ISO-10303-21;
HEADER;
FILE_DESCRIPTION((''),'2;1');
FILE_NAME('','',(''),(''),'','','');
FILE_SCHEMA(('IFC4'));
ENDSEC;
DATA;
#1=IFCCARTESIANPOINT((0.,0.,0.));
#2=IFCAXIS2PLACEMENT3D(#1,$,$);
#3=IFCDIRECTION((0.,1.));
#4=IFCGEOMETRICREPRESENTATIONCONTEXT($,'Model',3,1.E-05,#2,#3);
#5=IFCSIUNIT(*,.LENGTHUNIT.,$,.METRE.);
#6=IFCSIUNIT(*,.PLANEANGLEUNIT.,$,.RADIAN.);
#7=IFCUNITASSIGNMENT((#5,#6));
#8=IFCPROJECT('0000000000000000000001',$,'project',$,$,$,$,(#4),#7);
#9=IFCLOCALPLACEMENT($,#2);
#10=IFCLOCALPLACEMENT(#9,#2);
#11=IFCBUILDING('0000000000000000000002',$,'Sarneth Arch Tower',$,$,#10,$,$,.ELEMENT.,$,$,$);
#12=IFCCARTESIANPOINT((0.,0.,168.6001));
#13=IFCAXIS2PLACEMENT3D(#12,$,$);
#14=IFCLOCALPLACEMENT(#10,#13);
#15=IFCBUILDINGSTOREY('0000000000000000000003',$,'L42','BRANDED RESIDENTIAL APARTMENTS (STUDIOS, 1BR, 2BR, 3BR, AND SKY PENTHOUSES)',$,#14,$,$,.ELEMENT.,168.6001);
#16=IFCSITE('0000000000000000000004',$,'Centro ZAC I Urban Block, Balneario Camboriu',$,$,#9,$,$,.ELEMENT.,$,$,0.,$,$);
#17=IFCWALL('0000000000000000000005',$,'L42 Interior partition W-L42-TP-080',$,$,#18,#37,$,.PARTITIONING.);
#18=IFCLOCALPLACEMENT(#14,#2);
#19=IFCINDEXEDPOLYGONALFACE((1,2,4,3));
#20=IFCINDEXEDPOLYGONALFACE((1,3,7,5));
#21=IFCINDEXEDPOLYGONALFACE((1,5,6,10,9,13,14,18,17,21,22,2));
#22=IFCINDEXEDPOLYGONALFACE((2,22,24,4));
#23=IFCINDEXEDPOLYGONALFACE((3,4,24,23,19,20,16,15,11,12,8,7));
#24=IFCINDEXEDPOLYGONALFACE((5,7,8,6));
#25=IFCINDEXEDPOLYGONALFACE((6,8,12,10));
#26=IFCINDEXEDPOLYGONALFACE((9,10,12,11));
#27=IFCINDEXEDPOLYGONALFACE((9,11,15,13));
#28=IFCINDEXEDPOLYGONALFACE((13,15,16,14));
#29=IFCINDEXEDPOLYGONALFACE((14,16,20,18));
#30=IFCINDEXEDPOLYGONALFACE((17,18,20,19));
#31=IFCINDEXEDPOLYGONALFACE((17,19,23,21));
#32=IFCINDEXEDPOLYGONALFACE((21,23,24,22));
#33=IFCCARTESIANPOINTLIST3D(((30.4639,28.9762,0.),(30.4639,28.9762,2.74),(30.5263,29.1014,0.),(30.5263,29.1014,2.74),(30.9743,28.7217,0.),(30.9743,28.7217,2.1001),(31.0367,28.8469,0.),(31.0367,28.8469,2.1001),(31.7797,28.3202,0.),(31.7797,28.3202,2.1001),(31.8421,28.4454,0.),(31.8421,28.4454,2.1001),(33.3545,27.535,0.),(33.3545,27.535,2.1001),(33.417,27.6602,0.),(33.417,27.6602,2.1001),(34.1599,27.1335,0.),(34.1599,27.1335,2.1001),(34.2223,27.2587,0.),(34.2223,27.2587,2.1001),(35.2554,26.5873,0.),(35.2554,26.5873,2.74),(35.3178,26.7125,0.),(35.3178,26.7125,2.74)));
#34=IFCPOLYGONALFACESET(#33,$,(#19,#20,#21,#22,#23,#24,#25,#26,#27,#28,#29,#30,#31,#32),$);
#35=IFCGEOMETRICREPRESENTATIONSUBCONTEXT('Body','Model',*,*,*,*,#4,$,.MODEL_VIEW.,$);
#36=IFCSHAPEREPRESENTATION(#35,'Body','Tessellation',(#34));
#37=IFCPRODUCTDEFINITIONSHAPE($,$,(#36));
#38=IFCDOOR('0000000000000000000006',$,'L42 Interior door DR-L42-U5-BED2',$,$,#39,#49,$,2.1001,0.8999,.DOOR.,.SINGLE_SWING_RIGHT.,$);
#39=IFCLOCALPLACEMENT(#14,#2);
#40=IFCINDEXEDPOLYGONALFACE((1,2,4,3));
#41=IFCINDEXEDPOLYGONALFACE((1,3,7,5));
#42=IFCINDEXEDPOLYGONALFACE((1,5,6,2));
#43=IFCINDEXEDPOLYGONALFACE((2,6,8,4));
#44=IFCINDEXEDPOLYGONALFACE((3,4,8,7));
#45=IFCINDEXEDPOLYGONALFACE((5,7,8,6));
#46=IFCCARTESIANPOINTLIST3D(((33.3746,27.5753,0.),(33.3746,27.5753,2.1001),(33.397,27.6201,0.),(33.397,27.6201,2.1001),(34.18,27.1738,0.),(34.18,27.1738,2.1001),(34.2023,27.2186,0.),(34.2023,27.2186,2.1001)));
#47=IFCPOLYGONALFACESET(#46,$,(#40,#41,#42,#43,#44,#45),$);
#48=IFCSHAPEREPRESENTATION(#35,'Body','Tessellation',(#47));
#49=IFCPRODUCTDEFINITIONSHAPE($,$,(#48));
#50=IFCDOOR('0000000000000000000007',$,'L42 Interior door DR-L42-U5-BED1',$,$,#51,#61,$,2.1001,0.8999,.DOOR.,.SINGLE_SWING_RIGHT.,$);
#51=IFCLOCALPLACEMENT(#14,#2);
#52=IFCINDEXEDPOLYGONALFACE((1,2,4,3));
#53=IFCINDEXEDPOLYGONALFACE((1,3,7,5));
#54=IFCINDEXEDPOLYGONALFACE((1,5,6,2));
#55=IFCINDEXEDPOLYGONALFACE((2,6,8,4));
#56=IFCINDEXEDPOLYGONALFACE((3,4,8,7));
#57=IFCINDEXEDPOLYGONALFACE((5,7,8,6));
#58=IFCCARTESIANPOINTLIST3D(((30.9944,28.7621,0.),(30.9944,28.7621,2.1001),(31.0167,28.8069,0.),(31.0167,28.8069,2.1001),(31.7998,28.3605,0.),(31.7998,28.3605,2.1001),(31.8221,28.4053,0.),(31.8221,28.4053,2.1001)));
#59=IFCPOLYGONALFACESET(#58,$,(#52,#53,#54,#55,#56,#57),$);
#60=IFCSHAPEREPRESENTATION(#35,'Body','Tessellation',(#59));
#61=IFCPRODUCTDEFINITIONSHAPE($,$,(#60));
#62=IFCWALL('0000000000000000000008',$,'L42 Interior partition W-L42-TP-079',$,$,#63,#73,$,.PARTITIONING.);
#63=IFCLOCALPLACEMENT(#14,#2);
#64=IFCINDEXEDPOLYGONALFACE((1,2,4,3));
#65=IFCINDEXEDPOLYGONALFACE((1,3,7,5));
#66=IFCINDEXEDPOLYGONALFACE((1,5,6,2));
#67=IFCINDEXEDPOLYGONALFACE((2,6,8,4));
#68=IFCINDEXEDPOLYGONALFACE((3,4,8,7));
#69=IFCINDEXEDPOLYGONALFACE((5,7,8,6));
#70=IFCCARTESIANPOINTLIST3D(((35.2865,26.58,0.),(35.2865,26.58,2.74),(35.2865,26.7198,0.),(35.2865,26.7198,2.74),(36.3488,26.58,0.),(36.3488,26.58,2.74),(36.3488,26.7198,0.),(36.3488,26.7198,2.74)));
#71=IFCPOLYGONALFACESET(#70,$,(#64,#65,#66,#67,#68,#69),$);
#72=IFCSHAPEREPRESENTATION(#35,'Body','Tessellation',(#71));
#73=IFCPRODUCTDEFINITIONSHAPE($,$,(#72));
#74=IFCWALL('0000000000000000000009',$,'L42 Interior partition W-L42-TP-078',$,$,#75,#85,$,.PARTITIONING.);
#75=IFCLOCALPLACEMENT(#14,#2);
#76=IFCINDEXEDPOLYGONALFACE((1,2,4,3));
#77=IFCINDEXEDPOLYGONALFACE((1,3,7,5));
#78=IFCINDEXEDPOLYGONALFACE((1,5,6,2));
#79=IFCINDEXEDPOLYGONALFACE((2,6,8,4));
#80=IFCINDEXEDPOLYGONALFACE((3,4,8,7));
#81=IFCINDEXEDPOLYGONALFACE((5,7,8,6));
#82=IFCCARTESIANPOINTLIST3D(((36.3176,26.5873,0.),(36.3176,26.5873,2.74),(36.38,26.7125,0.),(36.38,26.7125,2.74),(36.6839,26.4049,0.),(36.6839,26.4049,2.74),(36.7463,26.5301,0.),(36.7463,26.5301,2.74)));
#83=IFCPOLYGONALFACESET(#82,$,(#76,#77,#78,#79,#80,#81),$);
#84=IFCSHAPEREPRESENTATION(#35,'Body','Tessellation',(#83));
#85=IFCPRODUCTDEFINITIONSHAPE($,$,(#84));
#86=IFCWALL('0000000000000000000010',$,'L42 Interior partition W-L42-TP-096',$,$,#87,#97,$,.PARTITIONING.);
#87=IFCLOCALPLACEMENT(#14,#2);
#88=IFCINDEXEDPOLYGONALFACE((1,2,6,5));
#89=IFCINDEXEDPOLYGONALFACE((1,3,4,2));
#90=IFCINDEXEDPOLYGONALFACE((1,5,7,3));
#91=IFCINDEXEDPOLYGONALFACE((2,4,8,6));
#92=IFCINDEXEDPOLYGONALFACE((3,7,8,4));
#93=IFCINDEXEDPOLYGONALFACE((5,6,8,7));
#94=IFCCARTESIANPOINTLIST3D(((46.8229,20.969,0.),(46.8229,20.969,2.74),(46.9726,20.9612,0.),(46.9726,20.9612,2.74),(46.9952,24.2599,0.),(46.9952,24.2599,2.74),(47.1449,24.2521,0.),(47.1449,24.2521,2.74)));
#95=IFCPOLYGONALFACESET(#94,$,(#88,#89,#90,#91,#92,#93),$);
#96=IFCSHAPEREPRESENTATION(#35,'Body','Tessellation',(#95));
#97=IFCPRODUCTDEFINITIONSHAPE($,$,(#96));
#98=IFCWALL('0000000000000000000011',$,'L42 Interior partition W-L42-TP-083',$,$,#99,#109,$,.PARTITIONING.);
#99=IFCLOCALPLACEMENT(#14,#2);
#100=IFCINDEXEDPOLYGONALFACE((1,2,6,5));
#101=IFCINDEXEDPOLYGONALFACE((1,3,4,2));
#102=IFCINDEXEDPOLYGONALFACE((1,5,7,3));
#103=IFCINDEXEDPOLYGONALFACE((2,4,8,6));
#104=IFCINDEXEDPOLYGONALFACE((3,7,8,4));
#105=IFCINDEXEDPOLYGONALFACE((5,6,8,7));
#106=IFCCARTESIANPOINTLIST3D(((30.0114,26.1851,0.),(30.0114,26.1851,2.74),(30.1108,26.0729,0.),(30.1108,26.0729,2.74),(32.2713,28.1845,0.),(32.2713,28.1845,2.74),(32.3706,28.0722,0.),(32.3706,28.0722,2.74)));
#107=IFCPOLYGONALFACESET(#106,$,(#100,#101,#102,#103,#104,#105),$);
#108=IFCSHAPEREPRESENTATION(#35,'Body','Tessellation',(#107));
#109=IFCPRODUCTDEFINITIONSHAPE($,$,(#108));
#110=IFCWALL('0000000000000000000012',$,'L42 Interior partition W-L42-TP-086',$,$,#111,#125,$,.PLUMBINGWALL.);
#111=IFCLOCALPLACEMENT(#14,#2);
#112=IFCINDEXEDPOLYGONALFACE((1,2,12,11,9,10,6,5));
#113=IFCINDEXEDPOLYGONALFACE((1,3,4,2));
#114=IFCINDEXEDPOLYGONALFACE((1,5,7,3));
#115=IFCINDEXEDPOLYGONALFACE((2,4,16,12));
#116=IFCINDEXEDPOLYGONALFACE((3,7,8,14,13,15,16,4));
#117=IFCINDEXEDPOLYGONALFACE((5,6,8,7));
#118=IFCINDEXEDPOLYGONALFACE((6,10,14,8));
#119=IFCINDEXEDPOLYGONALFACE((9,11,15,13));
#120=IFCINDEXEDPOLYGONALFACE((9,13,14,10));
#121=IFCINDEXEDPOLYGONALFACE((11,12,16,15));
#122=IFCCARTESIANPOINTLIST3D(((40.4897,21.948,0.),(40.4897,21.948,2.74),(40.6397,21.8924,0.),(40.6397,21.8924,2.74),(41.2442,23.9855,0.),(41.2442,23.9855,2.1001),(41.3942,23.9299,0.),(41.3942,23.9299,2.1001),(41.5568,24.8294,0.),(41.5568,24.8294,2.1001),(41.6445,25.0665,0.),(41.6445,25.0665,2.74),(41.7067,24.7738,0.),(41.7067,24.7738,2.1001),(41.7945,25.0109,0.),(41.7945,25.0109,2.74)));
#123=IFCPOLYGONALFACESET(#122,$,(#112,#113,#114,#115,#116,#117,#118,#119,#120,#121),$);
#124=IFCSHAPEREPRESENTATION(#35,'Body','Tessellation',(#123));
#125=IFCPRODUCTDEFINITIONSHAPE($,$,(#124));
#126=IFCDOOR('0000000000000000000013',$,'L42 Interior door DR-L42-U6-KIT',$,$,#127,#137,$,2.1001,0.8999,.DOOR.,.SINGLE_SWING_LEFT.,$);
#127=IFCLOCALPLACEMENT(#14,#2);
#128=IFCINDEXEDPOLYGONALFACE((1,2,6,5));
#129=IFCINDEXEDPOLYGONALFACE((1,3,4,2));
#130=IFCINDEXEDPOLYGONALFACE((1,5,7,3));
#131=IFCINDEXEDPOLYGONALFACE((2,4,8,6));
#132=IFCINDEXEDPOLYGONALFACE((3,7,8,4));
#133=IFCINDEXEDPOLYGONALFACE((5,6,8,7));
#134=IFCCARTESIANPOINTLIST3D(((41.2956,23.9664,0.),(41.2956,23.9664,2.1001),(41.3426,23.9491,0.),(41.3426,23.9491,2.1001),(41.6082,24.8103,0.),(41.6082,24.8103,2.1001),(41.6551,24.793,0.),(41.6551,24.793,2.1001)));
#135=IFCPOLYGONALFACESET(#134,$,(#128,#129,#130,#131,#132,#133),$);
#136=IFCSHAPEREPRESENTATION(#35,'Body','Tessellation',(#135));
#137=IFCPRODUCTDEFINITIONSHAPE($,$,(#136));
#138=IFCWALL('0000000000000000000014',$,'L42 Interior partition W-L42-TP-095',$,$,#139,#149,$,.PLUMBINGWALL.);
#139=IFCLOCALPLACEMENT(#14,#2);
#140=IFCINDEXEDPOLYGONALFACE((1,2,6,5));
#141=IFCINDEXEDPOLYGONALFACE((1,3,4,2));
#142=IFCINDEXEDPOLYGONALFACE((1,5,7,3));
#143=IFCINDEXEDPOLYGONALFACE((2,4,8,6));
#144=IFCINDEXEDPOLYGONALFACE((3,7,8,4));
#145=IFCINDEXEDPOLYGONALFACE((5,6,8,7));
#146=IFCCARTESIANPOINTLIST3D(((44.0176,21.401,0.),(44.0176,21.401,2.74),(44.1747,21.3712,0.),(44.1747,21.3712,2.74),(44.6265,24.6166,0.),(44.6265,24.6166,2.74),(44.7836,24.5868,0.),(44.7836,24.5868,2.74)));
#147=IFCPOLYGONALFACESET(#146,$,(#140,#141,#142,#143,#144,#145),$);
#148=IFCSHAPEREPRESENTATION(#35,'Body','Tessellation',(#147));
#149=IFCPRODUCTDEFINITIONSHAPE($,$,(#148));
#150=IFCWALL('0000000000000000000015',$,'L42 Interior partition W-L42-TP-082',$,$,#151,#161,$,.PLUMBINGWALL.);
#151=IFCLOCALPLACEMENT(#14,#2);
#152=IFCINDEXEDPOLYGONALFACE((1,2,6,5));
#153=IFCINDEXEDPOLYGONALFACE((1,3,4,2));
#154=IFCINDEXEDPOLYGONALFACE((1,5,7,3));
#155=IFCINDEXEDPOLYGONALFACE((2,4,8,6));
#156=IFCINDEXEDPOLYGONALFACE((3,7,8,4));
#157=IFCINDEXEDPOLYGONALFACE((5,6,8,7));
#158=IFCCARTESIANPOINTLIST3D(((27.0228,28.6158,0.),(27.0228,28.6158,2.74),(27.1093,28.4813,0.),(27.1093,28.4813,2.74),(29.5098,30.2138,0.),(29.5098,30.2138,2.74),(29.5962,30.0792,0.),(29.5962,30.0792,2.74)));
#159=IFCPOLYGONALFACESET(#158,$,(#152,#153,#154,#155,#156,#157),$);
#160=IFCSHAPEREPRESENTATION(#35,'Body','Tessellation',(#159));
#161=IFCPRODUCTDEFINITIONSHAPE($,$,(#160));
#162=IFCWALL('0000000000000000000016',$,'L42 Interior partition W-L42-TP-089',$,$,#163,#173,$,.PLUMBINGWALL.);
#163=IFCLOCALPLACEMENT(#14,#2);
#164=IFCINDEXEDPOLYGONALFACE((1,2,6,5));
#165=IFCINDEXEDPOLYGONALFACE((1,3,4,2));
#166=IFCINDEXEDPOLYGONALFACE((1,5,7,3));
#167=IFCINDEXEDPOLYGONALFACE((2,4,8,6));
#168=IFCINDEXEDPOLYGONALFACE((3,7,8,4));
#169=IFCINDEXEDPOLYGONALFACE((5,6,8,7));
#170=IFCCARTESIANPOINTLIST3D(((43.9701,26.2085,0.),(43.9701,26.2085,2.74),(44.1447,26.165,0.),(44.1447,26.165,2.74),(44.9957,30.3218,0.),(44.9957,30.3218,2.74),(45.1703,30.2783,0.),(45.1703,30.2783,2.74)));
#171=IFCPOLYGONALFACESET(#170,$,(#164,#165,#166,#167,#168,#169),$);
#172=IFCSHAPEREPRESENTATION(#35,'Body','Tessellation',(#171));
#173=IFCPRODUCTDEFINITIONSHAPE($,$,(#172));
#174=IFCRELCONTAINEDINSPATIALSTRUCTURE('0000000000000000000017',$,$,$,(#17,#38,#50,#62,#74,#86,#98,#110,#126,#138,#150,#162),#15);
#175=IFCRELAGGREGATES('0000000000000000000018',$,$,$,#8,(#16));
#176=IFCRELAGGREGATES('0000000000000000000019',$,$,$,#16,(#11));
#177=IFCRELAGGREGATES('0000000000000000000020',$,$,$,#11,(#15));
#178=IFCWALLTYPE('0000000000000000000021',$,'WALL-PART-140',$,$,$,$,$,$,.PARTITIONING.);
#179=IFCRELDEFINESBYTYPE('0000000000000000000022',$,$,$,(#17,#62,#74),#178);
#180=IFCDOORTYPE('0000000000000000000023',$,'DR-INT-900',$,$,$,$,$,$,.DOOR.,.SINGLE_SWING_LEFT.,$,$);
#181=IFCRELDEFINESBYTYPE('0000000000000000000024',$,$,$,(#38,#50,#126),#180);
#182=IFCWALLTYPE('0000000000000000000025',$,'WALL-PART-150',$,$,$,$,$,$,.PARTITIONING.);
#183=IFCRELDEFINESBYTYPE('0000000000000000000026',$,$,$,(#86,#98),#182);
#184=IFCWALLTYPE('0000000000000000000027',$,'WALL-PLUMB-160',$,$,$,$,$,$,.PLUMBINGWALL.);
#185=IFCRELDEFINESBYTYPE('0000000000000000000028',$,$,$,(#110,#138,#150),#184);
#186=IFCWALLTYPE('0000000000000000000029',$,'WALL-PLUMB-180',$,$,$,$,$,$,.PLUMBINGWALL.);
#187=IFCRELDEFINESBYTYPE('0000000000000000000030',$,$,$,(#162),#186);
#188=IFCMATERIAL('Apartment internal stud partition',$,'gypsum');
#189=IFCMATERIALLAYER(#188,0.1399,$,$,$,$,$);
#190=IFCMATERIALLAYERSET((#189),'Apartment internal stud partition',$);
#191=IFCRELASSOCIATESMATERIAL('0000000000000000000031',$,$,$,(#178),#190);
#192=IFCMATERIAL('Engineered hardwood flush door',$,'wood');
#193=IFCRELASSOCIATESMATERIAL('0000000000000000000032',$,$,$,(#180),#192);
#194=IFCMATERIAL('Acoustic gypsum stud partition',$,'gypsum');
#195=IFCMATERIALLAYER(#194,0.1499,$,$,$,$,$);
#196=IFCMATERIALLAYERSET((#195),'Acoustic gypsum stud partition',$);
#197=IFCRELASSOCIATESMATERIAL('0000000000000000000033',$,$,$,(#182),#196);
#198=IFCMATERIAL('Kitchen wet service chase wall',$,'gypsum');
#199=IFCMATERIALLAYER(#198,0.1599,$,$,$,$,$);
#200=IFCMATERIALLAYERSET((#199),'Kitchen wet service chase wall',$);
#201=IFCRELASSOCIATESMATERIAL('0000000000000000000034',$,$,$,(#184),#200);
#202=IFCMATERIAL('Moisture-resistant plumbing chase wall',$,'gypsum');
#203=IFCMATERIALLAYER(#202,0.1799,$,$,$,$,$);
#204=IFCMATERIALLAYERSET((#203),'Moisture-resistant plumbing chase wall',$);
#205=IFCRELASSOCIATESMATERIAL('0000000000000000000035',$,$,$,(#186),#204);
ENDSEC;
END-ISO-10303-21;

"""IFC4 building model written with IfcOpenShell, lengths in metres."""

from ifc_helpers import new_model, si_unit, direction, frame, frame_2d, origin, place, context, subcontext, project, spatial, rectangle, extrude, material, layer, layer_set, type_object, element, fill, save


model = new_model("IFC4")

# Units and contexts
model_context = context("Model", 3, precision=1e-05, world=origin(), true_north=direction((0.0, 1.0)))
body_context = subcontext(model_context, "Body", "Model", "MODEL_VIEW")
ifc_project = project(units=[si_unit("LENGTHUNIT", "METRE"), si_unit("PLANEANGLEUNIT", "RADIAN")], contexts=[model_context])

# Site, building, storey
site_placement = place(None, origin())
site = spatial("IfcSite", under=ifc_project, at=site_placement, Name="Centro ZAC I Urban Block, Balneario Camboriu", CompositionType="ELEMENT", RefElevation=0.0)
building_placement = place(site_placement, origin())
building = spatial("IfcBuilding", under=site, at=building_placement, Name="Sarneth Arch Tower", CompositionType="ELEMENT")
storey_placement = place(building_placement, frame((0.0, 0.0, 168.6001)))
storey = spatial("IfcBuildingStorey", under=building, at=storey_placement, Name="L42", Description="BRANDED RESIDENTIAL APARTMENTS (STUDIOS, 1BR, 2BR, 3BR, AND SKY PENTHOUSES)", CompositionType="ELEMENT", Elevation=168.6001)

# Wall, openings, doors
ifc_material_1 = material(Name="Apartment internal stud partition", Category="gypsum")
ifc_layer_1 = layer(ifc_material_1, 0.1399)
ifc_layer_set_1 = layer_set([ifc_layer_1], Name="Apartment internal stud partition")
wall_type_1 = type_object("IfcWallType", Name="WALL-PART-140", PredefinedType="PARTITIONING", material=ifc_layer_set_1)
wall_1_placement = place(storey_placement, frame((35.2866, 26.6499, 0.0), z_axis=(0.0, 0.0, 1.0), x_axis=(-0.894937, 0.446192, 0.0)))
wall_1 = element("IfcWall", 1, at=wall_1_placement, inside=storey, type_object=wall_type_1, Name="L42 Interior partition W-L42-TP-080", PredefinedType="PARTITIONING", context=body_context, shape_type="SweptSolid", body=[
    extrude(rectangle(XDim=5.354, YDim=0.1399, at=frame_2d((2.677, 0.0))), origin(), (0.0, 0.0, 1.0), 2.74),
])
opening_1_placement = place(wall_1_placement, frame((1.2241, 0.0, 0.0)))
opening_1 = element("IfcOpeningElement", 2, at=opening_1_placement, cuts=wall_1, PredefinedType="OPENING", context=body_context, shape_type="SweptSolid", body=[
    extrude(rectangle(XDim=0.8999, YDim=2.1001, at=frame_2d((0.45, 1.05))), frame((0.0, 0.0798, 0.0), z_axis=(0.0, -1.0, 0.0), x_axis=(1.0, 0.0, 0.0)), (0.0, 0.0, 1.0), 0.1599),
])
opening_2_placement = place(wall_1_placement, frame((3.8838, 0.0, 0.0)))
opening_2 = element("IfcOpeningElement", 3, at=opening_2_placement, cuts=wall_1, PredefinedType="OPENING", context=body_context, shape_type="SweptSolid", body=[
    extrude(rectangle(XDim=0.8999, YDim=2.1001, at=frame_2d((0.45, 1.05))), frame((0.0, 0.0798, 0.0), z_axis=(0.0, -1.0, 0.0), x_axis=(1.0, 0.0, 0.0)), (0.0, 0.0, 1.0), 0.1599),
])
ifc_material_2 = material(Name="Engineered hardwood flush door", Category="wood")
door_type = type_object("IfcDoorType", Name="DR-INT-900", OperationType="SINGLE_SWING_LEFT", PredefinedType="DOOR", material=ifc_material_2)
door_1_placement = place(opening_1_placement, origin())
door_1 = element("IfcDoor", 4, at=door_1_placement, inside=storey, type_object=door_type, Name="L42 Interior door DR-L42-U5-BED2", OperationType="SINGLE_SWING_RIGHT", OverallHeight=2.1001, OverallWidth=0.8999, PredefinedType="DOOR", context=body_context, shape_type="SweptSolid", body=[
    extrude(rectangle(XDim=0.8999, YDim=2.1001, at=frame_2d((0.45, 1.05))), frame((0.0, 0.0249, 0.0), z_axis=(0.0, -1.0, 0.0), x_axis=(1.0, 0.0, 0.0)), (0.0, 0.0, 1.0), 0.05),
])
fill(opening_1, door_1)
door_2_placement = place(opening_2_placement, origin())
door_2 = element("IfcDoor", 5, at=door_2_placement, inside=storey, type_object=door_type, Name="L42 Interior door DR-L42-U5-BED1", OperationType="SINGLE_SWING_RIGHT", OverallHeight=2.1001, OverallWidth=0.8999, PredefinedType="DOOR", context=body_context, shape_type="SweptSolid", body=[
    extrude(rectangle(XDim=0.8999, YDim=2.1001, at=frame_2d((0.45, 1.05))), frame((0.0, 0.0249, 0.0), z_axis=(0.0, -1.0, 0.0), x_axis=(1.0, 0.0, 0.0)), (0.0, 0.0, 1.0), 0.05),
])
fill(opening_2, door_2)

# Walls
wall_2_placement = place(storey_placement, frame((36.3489, 26.6499, 0.0), z_axis=(0.0, 0.0, 1.0), x_axis=(-1.0, 0.0, 0.0)))
element("IfcWall", 6, at=wall_2_placement, inside=storey, type_object=wall_type_1, Name="L42 Interior partition W-L42-TP-079", PredefinedType="PARTITIONING", context=body_context, shape_type="SweptSolid", body=[
    extrude(rectangle(XDim=1.0623, YDim=0.1399, at=frame_2d((0.5312, 0.0))), origin(), (0.0, 0.0, 1.0), 2.74),
])
wall_3_placement = place(storey_placement, frame((36.7151, 26.4675, 0.0), z_axis=(0.0, 0.0, 1.0), x_axis=(-0.895142, 0.445781, 0.0)))
element("IfcWall", 7, at=wall_3_placement, inside=storey, type_object=wall_type_1, Name="L42 Interior partition W-L42-TP-078", PredefinedType="PARTITIONING", context=body_context, shape_type="SweptSolid", body=[
    extrude(rectangle(XDim=0.4092, YDim=0.1399, at=frame_2d((0.2046, 0.0))), origin(), (0.0, 0.0, 1.0), 2.74),
])
ifc_material_3 = material(Name="Acoustic gypsum stud partition", Category="gypsum")
ifc_layer_2 = layer(ifc_material_3, 0.1499)
ifc_layer_set_2 = layer_set([ifc_layer_2], Name="Acoustic gypsum stud partition")
wall_type_2 = type_object("IfcWallType", Name="WALL-PART-150", PredefinedType="PARTITIONING", material=ifc_layer_set_2)
wall_4_placement = place(storey_placement, frame((46.8977, 20.9651, 0.0), z_axis=(0.0, 0.0, 1.0), x_axis=(0.052302, 0.998631, 0.0)))
element("IfcWall", 8, at=wall_4_placement, inside=storey, type_object=wall_type_2, Name="L42 Interior partition W-L42-TP-096", PredefinedType="PARTITIONING", context=body_context, shape_type="SweptSolid", body=[
    extrude(rectangle(XDim=3.2954, YDim=0.1499, at=frame_2d((1.6477, 0.0))), origin(), (0.0, 0.0, 1.0), 2.74),
])
wall_5_placement = place(storey_placement, frame((32.321, 28.1284, 0.0), z_axis=(0.0, 0.0, 1.0), x_axis=(-0.748956, -0.662619, 0.0)))
element("IfcWall", 9, at=wall_5_placement, inside=storey, type_object=wall_type_2, Name="L42 Interior partition W-L42-TP-083", PredefinedType="PARTITIONING", context=body_context, shape_type="SweptSolid", body=[
    extrude(rectangle(XDim=3.0173, YDim=0.1499, at=frame_2d((1.5088, 0.0))), origin(), (0.0, 0.0, 1.0), 2.74),
])

# Wall, opening, door
ifc_material_4 = material(Name="Kitchen wet service chase wall", Category="gypsum")
ifc_layer_3 = layer(ifc_material_4, 0.1599)
ifc_layer_set_3 = layer_set([ifc_layer_3], Name="Kitchen wet service chase wall")
wall_type_3 = type_object("IfcWallType", Name="WALL-PLUMB-160", PredefinedType="PLUMBINGWALL", material=ifc_layer_set_3)
wall_6_placement = place(storey_placement, frame((41.7195, 25.0386, 0.0), z_axis=(0.0, 0.0, 1.0), x_axis=(-0.347267, -0.937766, 0.0)))
wall_6 = element("IfcWall", 10, at=wall_6_placement, inside=storey, type_object=wall_type_3, Name="L42 Interior partition W-L42-TP-086", PredefinedType="PLUMBINGWALL", context=body_context, shape_type="SweptSolid", body=[
    extrude(rectangle(XDim=3.3254, YDim=0.1599, at=frame_2d((1.6626, 0.0))), origin(), (0.0, 0.0, 1.0), 2.74),
])
opening_3_placement = place(wall_6_placement, frame((0.2527, 0.0, 0.0)))
opening_3 = element("IfcOpeningElement", 11, at=opening_3_placement, cuts=wall_6, PredefinedType="OPENING", context=body_context, shape_type="SweptSolid", body=[
    extrude(rectangle(XDim=0.8999, YDim=2.1001, at=frame_2d((0.45, 1.05))), frame((0.0, 0.0898, 0.0), z_axis=(0.0, -1.0, 0.0), x_axis=(1.0, 0.0, 0.0)), (0.0, 0.0, 1.0), 0.1799),
])
door_3_placement = place(opening_3_placement, origin())
door_3 = element("IfcDoor", 12, at=door_3_placement, inside=storey, type_object=door_type, Name="L42 Interior door DR-L42-U6-KIT", OperationType="SINGLE_SWING_LEFT", OverallHeight=2.1001, OverallWidth=0.8999, PredefinedType="DOOR", context=body_context, shape_type="SweptSolid", body=[
    extrude(rectangle(XDim=0.8999, YDim=2.1001, at=frame_2d((0.45, 1.05))), frame((0.0, 0.0249, 0.0), z_axis=(0.0, -1.0, 0.0), x_axis=(1.0, 0.0, 0.0)), (0.0, 0.0, 1.0), 0.05),
])
fill(opening_3, door_3)

# Walls
wall_7_placement = place(storey_placement, frame((44.0962, 21.3862, 0.0), z_axis=(0.0, 0.0, 1.0), x_axis=(0.186049, 0.98254, 0.0)))
element("IfcWall", 13, at=wall_7_placement, inside=storey, type_object=wall_type_3, Name="L42 Interior partition W-L42-TP-095", PredefinedType="PLUMBINGWALL", context=body_context, shape_type="SweptSolid", body=[
    extrude(rectangle(XDim=3.2727, YDim=0.1599, at=frame_2d((1.6362, 0.0))), origin(), (0.0, 0.0, 1.0), 2.74),
])
wall_8_placement = place(storey_placement, frame((29.553, 30.1465, 0.0), z_axis=(0.0, 0.0, 1.0), x_axis=(-0.841297, -0.540574, 0.0)))
element("IfcWall", 14, at=wall_8_placement, inside=storey, type_object=wall_type_3, Name="L42 Interior partition W-L42-TP-082", PredefinedType="PLUMBINGWALL", context=body_context, shape_type="SweptSolid", body=[
    extrude(rectangle(XDim=2.9561, YDim=0.1599, at=frame_2d((1.478, 0.0))), origin(), (0.0, 0.0, 1.0), 2.74),
])
ifc_material_5 = material(Name="Moisture-resistant plumbing chase wall", Category="gypsum")
ifc_layer_4 = layer(ifc_material_5, 0.1799)
ifc_layer_set_4 = layer_set([ifc_layer_4], Name="Moisture-resistant plumbing chase wall")
wall_type_4 = type_object("IfcWallType", Name="WALL-PLUMB-180", PredefinedType="PLUMBINGWALL", material=ifc_layer_set_4)
wall_9_placement = place(storey_placement, frame((44.0574, 26.1868, 0.0), z_axis=(0.0, 0.0, 1.0), x_axis=(0.241939, 0.970291, 0.0)))
element("IfcWall", 15, at=wall_9_placement, inside=storey, type_object=wall_type_4, Name="L42 Interior partition W-L42-TP-089", PredefinedType="PLUMBINGWALL", context=body_context, shape_type="SweptSolid", body=[
    extrude(rectangle(XDim=4.2393, YDim=0.1799, at=frame_2d((2.1196, 0.0))), origin(), (0.0, 0.0, 1.0), 2.74),
])

save(model, "model.ifc")
